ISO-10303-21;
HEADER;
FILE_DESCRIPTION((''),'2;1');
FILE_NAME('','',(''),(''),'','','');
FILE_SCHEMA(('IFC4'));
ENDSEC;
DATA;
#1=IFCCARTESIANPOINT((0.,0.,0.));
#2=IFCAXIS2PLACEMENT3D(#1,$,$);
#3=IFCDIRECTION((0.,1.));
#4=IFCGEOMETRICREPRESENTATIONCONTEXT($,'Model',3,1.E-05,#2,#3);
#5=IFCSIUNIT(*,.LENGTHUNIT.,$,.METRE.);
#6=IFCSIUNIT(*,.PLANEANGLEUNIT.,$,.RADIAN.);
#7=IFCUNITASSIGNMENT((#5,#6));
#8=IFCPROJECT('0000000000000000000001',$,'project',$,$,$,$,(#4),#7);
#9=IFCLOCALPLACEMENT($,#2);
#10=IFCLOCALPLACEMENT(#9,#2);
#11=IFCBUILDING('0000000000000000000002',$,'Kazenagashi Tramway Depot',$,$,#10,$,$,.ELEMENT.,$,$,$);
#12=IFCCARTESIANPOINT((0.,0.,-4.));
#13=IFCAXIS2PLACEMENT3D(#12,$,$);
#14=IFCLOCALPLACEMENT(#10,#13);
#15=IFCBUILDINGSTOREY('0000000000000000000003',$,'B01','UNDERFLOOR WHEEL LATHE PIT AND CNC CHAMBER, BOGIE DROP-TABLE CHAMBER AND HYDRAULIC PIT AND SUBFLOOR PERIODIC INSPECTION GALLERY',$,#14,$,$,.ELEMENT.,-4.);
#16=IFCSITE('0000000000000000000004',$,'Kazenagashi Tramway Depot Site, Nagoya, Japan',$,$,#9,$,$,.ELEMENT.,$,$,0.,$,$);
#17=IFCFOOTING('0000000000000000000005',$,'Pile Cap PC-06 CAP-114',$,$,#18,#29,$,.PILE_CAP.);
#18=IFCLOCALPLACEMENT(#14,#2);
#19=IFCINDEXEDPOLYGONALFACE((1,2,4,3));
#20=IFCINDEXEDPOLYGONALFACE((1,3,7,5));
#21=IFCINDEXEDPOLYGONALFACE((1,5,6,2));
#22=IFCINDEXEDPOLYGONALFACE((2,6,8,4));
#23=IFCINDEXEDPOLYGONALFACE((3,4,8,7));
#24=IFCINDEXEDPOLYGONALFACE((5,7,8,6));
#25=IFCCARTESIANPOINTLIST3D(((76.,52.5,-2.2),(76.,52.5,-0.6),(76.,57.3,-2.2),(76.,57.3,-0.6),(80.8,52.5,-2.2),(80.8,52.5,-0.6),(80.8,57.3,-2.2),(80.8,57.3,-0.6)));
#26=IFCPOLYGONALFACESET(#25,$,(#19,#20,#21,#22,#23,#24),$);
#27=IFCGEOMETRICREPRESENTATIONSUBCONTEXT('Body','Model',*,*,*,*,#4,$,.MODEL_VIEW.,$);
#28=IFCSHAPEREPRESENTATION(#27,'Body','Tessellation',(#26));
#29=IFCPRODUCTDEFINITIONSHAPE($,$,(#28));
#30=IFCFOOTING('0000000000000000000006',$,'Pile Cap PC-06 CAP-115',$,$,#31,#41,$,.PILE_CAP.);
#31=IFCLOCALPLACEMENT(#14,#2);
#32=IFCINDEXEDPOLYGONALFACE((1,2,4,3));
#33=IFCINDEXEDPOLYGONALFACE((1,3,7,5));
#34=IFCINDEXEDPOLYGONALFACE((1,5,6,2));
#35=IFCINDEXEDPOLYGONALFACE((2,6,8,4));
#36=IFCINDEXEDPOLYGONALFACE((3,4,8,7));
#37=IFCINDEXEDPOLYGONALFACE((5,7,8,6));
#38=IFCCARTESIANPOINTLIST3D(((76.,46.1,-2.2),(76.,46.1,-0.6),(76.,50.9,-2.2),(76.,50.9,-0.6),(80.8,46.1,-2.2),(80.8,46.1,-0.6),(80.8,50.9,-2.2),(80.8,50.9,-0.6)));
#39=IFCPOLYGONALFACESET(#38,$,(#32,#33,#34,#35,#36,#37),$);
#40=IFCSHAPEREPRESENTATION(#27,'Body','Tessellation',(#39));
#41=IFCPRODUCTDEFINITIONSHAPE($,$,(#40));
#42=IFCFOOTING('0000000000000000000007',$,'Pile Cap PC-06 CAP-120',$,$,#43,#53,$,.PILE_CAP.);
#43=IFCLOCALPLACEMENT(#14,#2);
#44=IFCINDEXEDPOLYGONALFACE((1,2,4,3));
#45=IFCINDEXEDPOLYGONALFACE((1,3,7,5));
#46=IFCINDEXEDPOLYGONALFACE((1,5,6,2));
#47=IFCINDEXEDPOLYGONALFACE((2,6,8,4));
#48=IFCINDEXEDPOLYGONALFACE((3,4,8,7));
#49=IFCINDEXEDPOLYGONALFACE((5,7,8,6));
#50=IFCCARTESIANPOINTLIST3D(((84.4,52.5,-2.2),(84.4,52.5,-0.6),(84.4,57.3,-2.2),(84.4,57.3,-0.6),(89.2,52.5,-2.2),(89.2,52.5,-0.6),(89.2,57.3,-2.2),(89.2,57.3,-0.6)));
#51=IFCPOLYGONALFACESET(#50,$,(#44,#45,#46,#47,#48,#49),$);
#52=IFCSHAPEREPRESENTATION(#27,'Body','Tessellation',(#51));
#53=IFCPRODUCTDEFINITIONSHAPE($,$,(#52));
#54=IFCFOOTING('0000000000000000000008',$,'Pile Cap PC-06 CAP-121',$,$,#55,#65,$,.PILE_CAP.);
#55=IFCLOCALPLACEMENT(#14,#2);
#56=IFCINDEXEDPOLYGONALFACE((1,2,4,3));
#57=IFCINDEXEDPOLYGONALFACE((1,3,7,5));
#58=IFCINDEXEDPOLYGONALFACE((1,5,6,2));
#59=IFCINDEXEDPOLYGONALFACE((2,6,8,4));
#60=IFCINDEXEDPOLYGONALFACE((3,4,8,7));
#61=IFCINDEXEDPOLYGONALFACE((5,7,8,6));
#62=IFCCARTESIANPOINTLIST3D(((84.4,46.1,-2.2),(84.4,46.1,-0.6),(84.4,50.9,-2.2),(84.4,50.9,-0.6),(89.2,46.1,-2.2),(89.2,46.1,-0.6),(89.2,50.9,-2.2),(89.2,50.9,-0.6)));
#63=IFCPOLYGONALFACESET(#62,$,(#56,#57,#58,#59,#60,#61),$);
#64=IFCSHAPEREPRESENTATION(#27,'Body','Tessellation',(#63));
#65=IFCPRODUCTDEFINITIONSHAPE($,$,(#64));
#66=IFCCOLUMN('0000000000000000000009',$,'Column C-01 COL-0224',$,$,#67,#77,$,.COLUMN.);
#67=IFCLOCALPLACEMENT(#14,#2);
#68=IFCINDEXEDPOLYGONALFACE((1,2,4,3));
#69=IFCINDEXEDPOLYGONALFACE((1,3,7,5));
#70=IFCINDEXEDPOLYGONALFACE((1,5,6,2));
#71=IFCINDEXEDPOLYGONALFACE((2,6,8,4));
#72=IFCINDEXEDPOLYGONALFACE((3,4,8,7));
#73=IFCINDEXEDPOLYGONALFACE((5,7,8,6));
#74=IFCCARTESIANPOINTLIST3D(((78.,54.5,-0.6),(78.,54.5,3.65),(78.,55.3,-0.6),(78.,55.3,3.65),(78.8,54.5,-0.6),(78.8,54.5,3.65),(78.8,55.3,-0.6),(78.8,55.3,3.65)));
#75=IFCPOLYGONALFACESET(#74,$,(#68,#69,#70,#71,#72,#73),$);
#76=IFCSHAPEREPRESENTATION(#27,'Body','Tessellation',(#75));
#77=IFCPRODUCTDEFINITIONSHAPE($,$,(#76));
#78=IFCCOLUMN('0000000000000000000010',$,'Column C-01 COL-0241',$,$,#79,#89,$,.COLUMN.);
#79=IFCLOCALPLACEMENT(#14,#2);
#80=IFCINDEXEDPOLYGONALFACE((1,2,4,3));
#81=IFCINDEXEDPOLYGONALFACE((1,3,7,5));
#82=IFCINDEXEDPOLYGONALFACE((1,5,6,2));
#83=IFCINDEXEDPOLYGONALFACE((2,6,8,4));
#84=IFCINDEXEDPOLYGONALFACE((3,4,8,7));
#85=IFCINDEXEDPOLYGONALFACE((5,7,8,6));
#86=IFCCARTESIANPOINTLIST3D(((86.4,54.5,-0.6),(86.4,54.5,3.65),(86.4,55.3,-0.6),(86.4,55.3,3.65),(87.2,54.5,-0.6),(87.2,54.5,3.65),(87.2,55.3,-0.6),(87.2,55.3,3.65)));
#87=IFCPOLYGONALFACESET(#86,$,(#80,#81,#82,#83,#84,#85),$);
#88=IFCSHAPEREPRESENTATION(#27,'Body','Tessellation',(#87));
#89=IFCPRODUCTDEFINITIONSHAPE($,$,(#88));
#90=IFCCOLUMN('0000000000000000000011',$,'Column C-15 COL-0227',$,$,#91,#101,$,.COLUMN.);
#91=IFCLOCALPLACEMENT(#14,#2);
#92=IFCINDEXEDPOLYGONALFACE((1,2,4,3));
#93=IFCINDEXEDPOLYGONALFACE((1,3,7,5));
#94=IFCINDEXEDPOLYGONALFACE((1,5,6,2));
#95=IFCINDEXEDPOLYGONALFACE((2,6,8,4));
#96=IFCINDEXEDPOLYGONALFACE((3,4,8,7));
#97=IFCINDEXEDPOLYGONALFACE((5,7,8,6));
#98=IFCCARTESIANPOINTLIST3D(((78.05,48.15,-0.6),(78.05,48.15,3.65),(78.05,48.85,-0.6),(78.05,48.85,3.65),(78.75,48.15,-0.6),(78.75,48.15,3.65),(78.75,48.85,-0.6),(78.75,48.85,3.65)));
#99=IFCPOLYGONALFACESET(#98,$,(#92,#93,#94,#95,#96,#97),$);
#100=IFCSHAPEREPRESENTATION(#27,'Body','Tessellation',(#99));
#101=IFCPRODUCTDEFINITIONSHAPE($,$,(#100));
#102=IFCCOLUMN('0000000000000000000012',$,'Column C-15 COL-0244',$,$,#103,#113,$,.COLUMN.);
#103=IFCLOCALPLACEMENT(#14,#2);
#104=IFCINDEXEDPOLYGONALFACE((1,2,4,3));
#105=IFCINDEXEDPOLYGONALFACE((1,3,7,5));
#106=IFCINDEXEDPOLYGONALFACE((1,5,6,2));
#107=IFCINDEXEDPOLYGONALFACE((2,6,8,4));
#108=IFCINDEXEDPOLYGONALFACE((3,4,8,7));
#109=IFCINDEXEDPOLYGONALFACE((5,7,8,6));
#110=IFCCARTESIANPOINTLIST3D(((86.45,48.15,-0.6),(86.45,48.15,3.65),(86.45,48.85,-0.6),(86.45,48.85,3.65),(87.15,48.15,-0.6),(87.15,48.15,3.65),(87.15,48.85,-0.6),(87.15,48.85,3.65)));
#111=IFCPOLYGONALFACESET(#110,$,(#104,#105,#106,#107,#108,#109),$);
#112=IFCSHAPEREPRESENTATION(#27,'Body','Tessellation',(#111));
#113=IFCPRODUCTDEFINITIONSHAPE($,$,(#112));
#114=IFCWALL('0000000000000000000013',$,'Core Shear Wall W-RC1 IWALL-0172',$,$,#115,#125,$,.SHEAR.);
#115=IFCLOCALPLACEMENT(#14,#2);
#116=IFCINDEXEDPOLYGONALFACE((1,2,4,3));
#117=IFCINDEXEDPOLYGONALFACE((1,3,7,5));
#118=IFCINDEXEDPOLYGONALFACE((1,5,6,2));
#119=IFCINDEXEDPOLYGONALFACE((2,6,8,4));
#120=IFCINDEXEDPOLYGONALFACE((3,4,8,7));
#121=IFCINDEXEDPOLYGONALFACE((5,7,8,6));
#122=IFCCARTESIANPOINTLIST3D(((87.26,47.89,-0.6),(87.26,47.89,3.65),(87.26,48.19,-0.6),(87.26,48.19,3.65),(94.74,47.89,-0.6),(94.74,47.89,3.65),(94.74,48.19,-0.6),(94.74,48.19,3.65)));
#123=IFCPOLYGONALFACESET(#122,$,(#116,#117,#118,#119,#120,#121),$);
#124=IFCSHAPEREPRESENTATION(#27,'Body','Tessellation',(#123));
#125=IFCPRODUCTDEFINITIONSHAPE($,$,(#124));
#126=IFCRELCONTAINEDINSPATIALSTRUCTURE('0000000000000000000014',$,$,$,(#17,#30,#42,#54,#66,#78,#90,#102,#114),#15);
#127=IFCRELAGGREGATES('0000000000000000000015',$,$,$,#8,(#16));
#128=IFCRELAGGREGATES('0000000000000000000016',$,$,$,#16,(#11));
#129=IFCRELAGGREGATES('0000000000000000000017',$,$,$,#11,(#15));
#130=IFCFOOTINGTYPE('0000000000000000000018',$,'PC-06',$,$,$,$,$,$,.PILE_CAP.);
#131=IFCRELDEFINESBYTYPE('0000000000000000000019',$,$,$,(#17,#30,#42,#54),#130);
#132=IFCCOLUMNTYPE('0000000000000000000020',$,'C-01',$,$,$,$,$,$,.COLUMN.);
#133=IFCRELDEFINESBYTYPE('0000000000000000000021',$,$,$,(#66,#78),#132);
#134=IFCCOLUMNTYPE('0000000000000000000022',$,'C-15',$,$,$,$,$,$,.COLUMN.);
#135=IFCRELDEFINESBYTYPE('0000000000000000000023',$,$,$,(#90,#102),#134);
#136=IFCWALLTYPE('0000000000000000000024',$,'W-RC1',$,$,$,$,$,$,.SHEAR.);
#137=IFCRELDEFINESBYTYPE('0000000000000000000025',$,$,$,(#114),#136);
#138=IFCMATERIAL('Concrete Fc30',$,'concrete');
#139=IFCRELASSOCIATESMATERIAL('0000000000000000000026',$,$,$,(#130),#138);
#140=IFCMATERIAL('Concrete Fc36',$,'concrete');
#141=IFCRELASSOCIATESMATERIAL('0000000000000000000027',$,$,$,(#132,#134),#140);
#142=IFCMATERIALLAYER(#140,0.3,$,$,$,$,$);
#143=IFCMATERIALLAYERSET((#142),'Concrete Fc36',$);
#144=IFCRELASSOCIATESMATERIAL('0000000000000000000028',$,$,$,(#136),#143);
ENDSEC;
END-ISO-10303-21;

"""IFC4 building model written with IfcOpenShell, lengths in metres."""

from ifc_helpers import new_model, si_unit, direction, frame, frame_2d, origin, origin_2d, place, context, subcontext, project, spatial, rectangle, extrude, material, layer, layer_set, material_profile, profile_set, type_object, element, save


model = new_model("IFC4")

# Units and contexts
model_context = context("Model", 3, precision=1e-05, world=origin(), true_north=direction((0.0, 1.0)))
body_context = subcontext(model_context, "Body", "Model", "MODEL_VIEW")
ifc_project = project(units=[si_unit("LENGTHUNIT", "METRE"), si_unit("PLANEANGLEUNIT", "RADIAN")], contexts=[model_context])

# Site, building, storey
site_placement = place(None, origin())
site = spatial("IfcSite", under=ifc_project, at=site_placement, Name="Kazenagashi Tramway Depot Site, Nagoya, Japan", CompositionType="ELEMENT", RefElevation=0.0)
building_placement = place(site_placement, origin())
building = spatial("IfcBuilding", under=site, at=building_placement, Name="Kazenagashi Tramway Depot", CompositionType="ELEMENT")
storey_placement = place(building_placement, frame((0.0, 0.0, -4.0)))
storey = spatial("IfcBuildingStorey", under=building, at=storey_placement, Name="B01", Description="UNDERFLOOR WHEEL LATHE PIT AND CNC CHAMBER, BOGIE DROP-TABLE CHAMBER AND HYDRAULIC PIT AND SUBFLOOR PERIODIC INSPECTION GALLERY", CompositionType="ELEMENT", Elevation=-4.0)

# Shared definitions
ifc_material_1 = material(Name="Concrete Fc30", Category="concrete")

# Footings
footing_type = type_object("IfcFootingType", Name="PC-06", PredefinedType="PILE_CAP", material=ifc_material_1)
for number, where, z_axis, x_axis, name in (
    (1, (78.4, 54.9, -2.2), (0.0, 0.0, 1.0), (1.0, 0.0, 0.0), "Pile Cap PC-06 CAP-114"),
    (2, (78.4, 48.5, -2.2), (0.0, 0.0, 1.0), (1.0, 0.0, 0.0), "Pile Cap PC-06 CAP-115"),
    (3, (86.8, 54.9, -2.2), (0.0, 0.0, 1.0), (1.0, 0.0, 0.0), "Pile Cap PC-06 CAP-120"),
    (4, (86.8, 48.5, -2.2), (0.0, 0.0, 1.0), (1.0, 0.0, 0.0), "Pile Cap PC-06 CAP-121"),
):
    element("IfcFooting", number, at=place(storey_placement, frame(where, z_axis=z_axis, x_axis=x_axis)), inside=storey, type_object=footing_type, Name=name, PredefinedType="PILE_CAP", context=body_context, shape_type="SweptSolid", body=[
        extrude(rectangle(XDim=4.8, YDim=4.8, at=origin_2d()), origin(), (0.0, 0.0, 1.0), 1.6),
    ])

# Columns
ifc_material_2 = material(Name="Concrete Fc36", Category="concrete")
ifc_material_profile_1 = material_profile(ifc_material_2, rectangle(XDim=0.8, YDim=0.8, at=origin_2d()), Name="RC-800x800")
ifc_profile_set_1 = profile_set([ifc_material_profile_1], Name="Concrete Fc36")
column_type_1 = type_object("IfcColumnType", Name="C-01", PredefinedType="COLUMN", material=ifc_profile_set_1)
for number, where, z_axis, x_axis, name in (
    (5, (78.4, 54.9, -0.6), (0.0, 0.0, 1.0), (1.0, 0.0, 0.0), "Column C-01 COL-0224"),
    (6, (86.8, 54.9, -0.6), (0.0, 0.0, 1.0), (1.0, 0.0, 0.0), "Column C-01 COL-0241"),
):
    element("IfcColumn", number, at=place(storey_placement, frame(where, z_axis=z_axis, x_axis=x_axis)), inside=storey, type_object=column_type_1, Name=name, PredefinedType="COLUMN", context=body_context, shape_type="SweptSolid", body=[
        extrude(rectangle(XDim=0.8, YDim=0.8, at=origin_2d()), origin(), (0.0, 0.0, 1.0), 4.25),
    ])
ifc_material_profile_2 = material_profile(ifc_material_2, rectangle(XDim=0.7, YDim=0.7, at=origin_2d()), Name="RC-700x700")
ifc_profile_set_2 = profile_set([ifc_material_profile_2], Name="Concrete Fc36")
column_type_2 = type_object("IfcColumnType", Name="C-15", PredefinedType="COLUMN", material=ifc_profile_set_2)
for number, where, z_axis, x_axis, name in (
    (7, (78.4, 48.5, -0.6), (0.0, 0.0, 1.0), (1.0, 0.0, 0.0), "Column C-15 COL-0227"),
    (8, (86.8, 48.5, -0.6), (0.0, 0.0, 1.0), (1.0, 0.0, 0.0), "Column C-15 COL-0244"),
):
    element("IfcColumn", number, at=place(storey_placement, frame(where, z_axis=z_axis, x_axis=x_axis)), inside=storey, type_object=column_type_2, Name=name, PredefinedType="COLUMN", context=body_context, shape_type="SweptSolid", body=[
        extrude(rectangle(XDim=0.7, YDim=0.7, at=origin_2d()), origin(), (0.0, 0.0, 1.0), 4.25),
    ])

# Wall
ifc_layer = layer(ifc_material_2, 0.3)
ifc_layer_set = layer_set([ifc_layer], Name="Concrete Fc36")
wall_type = type_object("IfcWallType", Name="W-RC1", PredefinedType="SHEAR", material=ifc_layer_set)
wall_placement = place(storey_placement, frame((87.26, 48.04, -0.6), z_axis=(0.0, 0.0, 1.0), x_axis=(1.0, 0.0, 0.0)))
element("IfcWall", 9, at=wall_placement, inside=storey, type_object=wall_type, Name="Core Shear Wall W-RC1 IWALL-0172", PredefinedType="SHEAR", context=body_context, shape_type="SweptSolid", body=[
    extrude(rectangle(XDim=7.48, YDim=0.3, at=frame_2d((3.74, 0.0))), origin(), (0.0, 0.0, 1.0), 4.25),
])

save(model, "model.ifc")
